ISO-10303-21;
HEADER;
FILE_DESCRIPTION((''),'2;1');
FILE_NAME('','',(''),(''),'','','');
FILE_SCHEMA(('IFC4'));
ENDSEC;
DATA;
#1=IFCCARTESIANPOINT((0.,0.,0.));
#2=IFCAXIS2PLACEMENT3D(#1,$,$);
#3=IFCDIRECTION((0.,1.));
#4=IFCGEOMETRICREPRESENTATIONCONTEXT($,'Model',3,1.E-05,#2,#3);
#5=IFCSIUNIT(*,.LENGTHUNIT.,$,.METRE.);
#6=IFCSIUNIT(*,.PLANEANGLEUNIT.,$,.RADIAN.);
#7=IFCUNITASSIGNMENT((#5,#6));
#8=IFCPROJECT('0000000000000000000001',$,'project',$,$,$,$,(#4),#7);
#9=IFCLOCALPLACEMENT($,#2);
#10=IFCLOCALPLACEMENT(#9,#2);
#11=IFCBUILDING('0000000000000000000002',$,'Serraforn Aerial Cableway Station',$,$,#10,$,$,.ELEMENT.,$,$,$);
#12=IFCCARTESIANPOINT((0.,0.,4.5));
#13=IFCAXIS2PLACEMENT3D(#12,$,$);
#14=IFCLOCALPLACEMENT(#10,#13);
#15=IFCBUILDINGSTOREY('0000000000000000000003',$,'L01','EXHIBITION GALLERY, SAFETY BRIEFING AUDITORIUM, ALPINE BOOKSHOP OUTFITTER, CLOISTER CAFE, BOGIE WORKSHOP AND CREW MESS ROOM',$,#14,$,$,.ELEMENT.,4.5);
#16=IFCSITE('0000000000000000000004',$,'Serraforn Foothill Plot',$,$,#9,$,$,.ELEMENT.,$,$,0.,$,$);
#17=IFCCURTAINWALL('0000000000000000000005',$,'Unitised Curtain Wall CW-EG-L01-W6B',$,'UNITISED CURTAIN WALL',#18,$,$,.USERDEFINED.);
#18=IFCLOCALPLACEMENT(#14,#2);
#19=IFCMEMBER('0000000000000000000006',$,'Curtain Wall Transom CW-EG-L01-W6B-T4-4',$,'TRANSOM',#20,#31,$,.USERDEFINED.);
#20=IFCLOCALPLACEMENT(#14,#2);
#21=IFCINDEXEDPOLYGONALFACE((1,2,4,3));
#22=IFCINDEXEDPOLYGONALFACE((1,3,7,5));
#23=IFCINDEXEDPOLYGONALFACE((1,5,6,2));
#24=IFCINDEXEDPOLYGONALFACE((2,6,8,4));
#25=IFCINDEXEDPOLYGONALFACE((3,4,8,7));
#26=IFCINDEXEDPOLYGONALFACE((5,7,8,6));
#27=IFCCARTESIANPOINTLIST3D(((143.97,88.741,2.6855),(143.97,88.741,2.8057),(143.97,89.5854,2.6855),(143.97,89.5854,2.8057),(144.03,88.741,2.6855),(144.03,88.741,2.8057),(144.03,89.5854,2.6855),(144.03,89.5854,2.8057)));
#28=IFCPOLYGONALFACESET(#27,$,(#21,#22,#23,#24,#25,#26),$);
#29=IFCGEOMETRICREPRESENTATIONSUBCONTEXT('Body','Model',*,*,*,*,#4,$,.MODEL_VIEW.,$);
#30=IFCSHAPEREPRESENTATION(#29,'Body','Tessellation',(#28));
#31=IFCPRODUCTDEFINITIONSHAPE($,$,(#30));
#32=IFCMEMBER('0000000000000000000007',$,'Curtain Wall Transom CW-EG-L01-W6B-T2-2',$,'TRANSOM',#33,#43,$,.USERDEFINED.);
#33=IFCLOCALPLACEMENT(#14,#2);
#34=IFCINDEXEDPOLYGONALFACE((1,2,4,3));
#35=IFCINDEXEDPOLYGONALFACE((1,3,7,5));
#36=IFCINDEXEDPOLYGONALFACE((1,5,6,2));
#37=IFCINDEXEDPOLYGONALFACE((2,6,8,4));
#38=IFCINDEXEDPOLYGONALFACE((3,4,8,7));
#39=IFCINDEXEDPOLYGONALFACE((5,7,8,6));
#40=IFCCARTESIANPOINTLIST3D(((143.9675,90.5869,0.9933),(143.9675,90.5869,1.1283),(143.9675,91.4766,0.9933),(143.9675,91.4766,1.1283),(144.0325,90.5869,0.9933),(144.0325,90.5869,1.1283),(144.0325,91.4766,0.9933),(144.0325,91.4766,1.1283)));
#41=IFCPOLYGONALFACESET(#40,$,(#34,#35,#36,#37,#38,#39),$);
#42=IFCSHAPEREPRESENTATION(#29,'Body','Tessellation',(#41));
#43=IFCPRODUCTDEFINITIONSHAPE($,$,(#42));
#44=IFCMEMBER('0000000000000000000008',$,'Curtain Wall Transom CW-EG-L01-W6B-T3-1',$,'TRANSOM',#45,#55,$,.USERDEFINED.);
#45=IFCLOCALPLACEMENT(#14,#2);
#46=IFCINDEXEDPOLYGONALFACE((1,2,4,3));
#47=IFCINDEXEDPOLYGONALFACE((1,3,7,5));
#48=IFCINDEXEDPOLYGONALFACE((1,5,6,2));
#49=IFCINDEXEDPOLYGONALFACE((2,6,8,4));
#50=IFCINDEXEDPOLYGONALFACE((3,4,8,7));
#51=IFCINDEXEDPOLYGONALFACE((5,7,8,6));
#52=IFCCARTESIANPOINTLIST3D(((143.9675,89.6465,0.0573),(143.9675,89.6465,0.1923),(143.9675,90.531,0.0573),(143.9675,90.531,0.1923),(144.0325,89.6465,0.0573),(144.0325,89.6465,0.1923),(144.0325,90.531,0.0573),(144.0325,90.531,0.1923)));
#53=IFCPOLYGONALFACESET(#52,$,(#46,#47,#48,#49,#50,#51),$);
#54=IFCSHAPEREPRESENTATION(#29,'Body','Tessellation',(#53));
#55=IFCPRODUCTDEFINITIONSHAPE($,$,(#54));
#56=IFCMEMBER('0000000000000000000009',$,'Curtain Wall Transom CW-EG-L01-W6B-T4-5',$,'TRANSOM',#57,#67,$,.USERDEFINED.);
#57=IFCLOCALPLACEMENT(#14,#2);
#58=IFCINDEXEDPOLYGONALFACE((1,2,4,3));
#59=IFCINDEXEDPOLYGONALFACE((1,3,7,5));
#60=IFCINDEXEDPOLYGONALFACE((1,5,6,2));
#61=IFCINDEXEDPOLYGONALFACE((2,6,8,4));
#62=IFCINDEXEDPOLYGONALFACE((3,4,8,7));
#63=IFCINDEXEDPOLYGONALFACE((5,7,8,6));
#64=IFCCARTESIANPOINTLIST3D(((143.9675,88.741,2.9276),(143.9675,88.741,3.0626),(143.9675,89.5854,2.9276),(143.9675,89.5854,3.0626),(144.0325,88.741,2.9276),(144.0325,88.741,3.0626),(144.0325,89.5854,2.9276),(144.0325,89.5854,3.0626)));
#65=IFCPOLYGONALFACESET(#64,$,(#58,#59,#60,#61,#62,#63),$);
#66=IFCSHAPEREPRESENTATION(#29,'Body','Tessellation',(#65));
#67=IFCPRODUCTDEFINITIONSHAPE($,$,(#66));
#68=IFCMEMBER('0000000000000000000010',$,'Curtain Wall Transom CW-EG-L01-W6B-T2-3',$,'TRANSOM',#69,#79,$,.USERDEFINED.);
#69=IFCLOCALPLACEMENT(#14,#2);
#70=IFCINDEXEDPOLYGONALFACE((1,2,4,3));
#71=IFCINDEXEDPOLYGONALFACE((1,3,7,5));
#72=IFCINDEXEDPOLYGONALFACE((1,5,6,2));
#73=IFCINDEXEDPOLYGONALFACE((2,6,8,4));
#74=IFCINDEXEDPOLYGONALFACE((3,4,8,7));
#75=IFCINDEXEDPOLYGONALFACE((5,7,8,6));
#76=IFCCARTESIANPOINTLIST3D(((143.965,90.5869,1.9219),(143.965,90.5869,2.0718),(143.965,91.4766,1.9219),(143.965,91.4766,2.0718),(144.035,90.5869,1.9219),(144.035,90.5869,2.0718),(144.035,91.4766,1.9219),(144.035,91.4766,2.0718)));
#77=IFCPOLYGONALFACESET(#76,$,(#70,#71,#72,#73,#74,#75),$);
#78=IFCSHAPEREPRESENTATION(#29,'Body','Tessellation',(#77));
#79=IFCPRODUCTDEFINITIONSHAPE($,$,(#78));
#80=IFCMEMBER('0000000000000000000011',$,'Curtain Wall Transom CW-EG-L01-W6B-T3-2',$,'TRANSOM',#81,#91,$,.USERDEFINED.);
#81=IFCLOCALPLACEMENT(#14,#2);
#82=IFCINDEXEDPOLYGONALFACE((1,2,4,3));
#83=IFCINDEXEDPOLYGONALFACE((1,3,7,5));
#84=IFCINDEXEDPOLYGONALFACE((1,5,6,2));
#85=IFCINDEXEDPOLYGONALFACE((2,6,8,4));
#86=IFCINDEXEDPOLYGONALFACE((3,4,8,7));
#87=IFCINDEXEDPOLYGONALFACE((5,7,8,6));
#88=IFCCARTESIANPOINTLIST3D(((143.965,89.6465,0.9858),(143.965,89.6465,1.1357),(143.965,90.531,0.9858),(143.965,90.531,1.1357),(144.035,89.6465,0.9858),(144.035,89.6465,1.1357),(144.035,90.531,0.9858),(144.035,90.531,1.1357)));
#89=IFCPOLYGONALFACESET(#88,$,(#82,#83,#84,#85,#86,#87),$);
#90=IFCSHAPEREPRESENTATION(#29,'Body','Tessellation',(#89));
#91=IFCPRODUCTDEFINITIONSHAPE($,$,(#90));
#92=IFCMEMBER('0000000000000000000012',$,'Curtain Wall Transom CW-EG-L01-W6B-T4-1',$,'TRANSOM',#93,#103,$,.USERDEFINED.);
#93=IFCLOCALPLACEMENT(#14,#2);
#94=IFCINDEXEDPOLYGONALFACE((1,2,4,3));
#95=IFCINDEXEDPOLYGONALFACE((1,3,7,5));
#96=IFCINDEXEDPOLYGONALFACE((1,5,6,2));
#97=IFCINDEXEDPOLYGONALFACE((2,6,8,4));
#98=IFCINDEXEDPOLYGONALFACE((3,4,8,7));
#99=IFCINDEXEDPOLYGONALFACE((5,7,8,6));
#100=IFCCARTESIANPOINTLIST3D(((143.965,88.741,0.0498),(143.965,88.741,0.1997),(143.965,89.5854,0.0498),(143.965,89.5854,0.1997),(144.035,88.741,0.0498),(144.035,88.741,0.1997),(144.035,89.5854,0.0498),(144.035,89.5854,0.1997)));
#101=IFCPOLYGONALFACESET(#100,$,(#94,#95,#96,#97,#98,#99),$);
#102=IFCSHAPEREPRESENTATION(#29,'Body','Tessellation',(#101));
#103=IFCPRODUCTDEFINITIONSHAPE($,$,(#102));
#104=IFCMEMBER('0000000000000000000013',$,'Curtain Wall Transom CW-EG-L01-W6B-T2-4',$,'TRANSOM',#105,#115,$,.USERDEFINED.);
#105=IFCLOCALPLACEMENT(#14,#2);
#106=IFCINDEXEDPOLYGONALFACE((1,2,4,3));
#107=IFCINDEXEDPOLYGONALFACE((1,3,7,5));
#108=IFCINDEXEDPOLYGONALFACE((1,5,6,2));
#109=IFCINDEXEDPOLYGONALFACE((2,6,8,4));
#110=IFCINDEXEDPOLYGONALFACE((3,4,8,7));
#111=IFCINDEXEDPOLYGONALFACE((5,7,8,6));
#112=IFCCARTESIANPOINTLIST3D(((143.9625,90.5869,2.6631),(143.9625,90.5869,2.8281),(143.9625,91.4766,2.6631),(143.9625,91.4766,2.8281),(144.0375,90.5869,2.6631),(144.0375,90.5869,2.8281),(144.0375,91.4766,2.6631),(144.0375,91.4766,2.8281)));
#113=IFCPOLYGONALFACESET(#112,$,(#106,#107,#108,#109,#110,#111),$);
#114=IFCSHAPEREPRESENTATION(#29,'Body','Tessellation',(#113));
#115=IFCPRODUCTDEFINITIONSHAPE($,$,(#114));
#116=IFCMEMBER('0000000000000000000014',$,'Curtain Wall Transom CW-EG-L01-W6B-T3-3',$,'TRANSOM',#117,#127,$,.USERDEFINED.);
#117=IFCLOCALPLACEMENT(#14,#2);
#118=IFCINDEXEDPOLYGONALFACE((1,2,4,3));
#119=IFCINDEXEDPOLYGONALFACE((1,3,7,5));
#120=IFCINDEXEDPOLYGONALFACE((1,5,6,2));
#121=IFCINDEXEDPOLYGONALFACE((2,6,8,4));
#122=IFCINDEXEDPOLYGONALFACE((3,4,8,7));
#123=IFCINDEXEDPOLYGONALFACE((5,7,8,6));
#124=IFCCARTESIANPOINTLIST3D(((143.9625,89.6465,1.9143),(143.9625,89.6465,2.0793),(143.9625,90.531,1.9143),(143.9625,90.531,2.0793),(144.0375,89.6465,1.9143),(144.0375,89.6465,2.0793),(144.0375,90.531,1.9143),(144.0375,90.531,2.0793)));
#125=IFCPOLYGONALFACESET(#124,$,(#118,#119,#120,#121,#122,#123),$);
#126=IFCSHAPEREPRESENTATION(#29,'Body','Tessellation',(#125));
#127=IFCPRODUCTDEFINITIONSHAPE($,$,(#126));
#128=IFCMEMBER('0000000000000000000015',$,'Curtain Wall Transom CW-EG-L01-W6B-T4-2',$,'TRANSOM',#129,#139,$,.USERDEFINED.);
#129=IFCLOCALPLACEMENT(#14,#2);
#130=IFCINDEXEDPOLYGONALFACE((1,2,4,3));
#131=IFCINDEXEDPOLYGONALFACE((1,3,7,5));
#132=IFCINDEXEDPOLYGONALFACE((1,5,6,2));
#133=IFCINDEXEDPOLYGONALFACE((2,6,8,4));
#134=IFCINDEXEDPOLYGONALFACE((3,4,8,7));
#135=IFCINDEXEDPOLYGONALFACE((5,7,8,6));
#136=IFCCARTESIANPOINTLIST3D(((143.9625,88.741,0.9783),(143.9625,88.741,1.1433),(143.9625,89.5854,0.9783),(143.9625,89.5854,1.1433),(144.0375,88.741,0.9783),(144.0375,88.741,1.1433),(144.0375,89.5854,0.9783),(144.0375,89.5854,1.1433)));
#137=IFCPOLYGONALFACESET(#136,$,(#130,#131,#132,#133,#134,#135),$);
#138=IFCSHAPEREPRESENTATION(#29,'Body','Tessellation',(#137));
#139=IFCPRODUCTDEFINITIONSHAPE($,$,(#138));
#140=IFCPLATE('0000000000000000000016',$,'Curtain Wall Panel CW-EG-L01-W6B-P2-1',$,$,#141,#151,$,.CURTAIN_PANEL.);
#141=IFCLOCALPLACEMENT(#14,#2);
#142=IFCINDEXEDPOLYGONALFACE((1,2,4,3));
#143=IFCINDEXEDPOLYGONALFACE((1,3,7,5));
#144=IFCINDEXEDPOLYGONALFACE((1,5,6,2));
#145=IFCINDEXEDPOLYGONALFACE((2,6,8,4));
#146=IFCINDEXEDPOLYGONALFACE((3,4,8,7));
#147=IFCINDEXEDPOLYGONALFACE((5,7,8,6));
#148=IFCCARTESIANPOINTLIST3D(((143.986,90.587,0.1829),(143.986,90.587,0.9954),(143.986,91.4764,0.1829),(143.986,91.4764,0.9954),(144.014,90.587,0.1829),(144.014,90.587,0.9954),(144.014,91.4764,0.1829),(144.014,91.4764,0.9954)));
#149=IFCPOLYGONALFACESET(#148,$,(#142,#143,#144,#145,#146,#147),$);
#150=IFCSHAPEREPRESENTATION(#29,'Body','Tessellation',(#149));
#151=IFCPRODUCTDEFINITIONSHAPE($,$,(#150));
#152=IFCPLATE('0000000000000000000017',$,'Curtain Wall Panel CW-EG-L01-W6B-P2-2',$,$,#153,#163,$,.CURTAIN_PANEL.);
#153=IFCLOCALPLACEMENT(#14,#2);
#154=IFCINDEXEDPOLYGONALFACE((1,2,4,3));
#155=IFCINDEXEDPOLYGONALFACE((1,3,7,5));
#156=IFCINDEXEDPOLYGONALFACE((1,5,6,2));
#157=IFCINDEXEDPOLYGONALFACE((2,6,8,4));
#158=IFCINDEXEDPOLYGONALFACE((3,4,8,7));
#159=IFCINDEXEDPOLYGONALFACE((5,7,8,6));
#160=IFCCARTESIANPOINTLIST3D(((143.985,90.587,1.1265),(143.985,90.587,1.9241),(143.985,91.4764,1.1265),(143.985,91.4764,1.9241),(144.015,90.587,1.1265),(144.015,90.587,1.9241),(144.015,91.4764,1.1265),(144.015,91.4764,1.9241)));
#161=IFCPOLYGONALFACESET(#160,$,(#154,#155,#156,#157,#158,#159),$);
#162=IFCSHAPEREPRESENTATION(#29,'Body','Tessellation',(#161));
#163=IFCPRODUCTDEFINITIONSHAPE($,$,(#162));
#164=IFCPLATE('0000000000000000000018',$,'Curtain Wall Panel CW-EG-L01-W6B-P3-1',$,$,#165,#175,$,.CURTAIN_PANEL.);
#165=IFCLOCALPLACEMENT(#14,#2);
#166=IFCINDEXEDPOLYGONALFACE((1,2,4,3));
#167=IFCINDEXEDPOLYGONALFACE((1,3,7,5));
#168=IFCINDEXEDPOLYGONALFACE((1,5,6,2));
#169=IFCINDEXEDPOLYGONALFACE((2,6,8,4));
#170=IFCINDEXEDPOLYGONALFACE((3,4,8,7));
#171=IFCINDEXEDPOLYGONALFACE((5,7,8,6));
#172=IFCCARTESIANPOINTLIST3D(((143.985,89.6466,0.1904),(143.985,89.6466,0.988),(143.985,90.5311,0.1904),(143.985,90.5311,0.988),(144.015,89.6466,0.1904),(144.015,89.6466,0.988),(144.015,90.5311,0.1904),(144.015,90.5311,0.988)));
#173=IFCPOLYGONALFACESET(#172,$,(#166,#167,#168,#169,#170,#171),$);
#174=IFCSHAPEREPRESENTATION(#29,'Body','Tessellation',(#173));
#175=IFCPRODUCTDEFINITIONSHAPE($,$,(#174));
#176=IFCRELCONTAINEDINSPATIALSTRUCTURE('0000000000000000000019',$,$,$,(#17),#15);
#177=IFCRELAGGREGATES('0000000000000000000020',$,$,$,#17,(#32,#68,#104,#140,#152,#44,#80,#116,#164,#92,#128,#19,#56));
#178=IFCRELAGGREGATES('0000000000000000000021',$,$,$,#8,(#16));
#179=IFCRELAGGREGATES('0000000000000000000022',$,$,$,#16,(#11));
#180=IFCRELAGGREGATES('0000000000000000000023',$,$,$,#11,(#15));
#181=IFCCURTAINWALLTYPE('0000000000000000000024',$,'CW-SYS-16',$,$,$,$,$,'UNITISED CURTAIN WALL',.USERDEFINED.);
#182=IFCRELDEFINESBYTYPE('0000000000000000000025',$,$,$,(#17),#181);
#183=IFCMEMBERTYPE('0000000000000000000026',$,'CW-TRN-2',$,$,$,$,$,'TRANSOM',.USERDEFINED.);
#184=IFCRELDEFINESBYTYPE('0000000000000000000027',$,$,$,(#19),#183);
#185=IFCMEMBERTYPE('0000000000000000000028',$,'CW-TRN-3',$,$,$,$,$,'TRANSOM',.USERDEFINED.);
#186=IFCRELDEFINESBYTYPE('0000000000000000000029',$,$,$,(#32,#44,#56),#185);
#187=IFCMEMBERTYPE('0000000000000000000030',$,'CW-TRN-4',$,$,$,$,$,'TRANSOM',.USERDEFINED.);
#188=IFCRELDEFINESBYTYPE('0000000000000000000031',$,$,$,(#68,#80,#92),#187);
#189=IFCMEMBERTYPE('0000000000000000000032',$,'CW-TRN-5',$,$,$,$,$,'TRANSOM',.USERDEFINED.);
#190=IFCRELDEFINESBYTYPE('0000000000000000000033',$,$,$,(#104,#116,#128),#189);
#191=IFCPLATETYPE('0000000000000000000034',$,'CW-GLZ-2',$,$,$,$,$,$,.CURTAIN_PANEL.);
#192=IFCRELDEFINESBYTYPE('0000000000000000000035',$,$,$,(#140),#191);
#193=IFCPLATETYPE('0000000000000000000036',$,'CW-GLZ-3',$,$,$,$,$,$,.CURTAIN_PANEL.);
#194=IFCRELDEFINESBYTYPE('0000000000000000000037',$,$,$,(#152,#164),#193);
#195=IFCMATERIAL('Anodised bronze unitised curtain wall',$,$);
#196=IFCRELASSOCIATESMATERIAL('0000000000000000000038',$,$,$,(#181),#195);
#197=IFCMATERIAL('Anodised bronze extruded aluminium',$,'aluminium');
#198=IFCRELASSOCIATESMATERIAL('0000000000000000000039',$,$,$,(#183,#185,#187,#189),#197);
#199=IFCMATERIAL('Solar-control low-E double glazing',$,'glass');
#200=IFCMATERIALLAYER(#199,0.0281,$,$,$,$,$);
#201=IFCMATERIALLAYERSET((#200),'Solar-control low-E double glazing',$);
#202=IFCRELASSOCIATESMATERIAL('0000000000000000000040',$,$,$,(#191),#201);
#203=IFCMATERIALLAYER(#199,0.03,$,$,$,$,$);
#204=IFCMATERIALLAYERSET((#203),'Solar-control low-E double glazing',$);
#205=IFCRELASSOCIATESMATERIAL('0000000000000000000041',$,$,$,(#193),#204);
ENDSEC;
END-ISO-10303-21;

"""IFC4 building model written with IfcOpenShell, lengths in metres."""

from ifc_helpers import new_model, si_unit, direction, frame, origin, origin_2d, place, context, subcontext, project, spatial, rectangle, extrude, material, layer, layer_set, material_profile, profile_set, type_object, element, aggregate, save


model = new_model("IFC4")

# Units and contexts
model_context = context("Model", 3, precision=1e-05, world=origin(), true_north=direction((0.0, 1.0)))
body_context = subcontext(model_context, "Body", "Model", "MODEL_VIEW")
ifc_project = project(units=[si_unit("LENGTHUNIT", "METRE"), si_unit("PLANEANGLEUNIT", "RADIAN")], contexts=[model_context])

# Site, building, storey
site_placement = place(None, origin())
site = spatial("IfcSite", under=ifc_project, at=site_placement, Name="Serraforn Foothill Plot", CompositionType="ELEMENT", RefElevation=0.0)
building_placement = place(site_placement, origin())
building = spatial("IfcBuilding", under=site, at=building_placement, Name="Serraforn Aerial Cableway Station", CompositionType="ELEMENT")
storey_placement = place(building_placement, frame((0.0, 0.0, 4.5)))
storey = spatial("IfcBuildingStorey", under=building, at=storey_placement, Name="L01", Description="EXHIBITION GALLERY, SAFETY BRIEFING AUDITORIUM, ALPINE BOOKSHOP OUTFITTER, CLOISTER CAFE, BOGIE WORKSHOP AND CREW MESS ROOM", CompositionType="ELEMENT", Elevation=4.5)

# Curtain wall, members, plates
ifc_material_1 = material(Name="Anodised bronze unitised curtain wall")
curtain_wall_type = type_object("IfcCurtainWallType", Name="CW-SYS-16", ElementType="UNITISED CURTAIN WALL", PredefinedType="USERDEFINED", material=ifc_material_1)
curtain_wall_placement = place(storey_placement, origin())
curtain_wall = element("IfcCurtainWall", 1, at=curtain_wall_placement, inside=storey, type_object=curtain_wall_type, Name="Unitised Curtain Wall CW-EG-L01-W6B", ObjectType="UNITISED CURTAIN WALL", PredefinedType="USERDEFINED")
ifc_material_2 = material(Name="Anodised bronze extruded aluminium", Category="aluminium")
ifc_material_profile_1 = material_profile(ifc_material_2, rectangle(XDim=0.0601, YDim=0.1201, at=origin_2d()), Name="CW TRANSOM 60x120")
ifc_profile_set_1 = profile_set([ifc_material_profile_1], Name="Anodised bronze extruded aluminium")
member_type_1 = type_object("IfcMemberType", Name="CW-TRN-2", ElementType="TRANSOM", PredefinedType="USERDEFINED", material=ifc_profile_set_1)
member_1_placement = place(storey_placement, frame((144.0, 89.5854, 2.7456), z_axis=(0.0, -1.0, 0.0), x_axis=(1.0, 0.0, 0.0)))
member_1 = element("IfcMember", 2, at=member_1_placement, type_object=member_type_1, Name="Curtain Wall Transom CW-EG-L01-W6B-T4-4", ObjectType="TRANSOM", PredefinedType="USERDEFINED", context=body_context, shape_type="SweptSolid", body=[
    extrude(rectangle(XDim=0.0601, YDim=0.1201, at=origin_2d()), origin(), (0.0, 0.0, 1.0), 0.8445),
])
ifc_material_profile_2 = material_profile(ifc_material_2, rectangle(XDim=0.0649, YDim=0.135, at=origin_2d()), Name="CW TRANSOM 65x135")
ifc_profile_set_2 = profile_set([ifc_material_profile_2], Name="Anodised bronze extruded aluminium")
member_type_2 = type_object("IfcMemberType", Name="CW-TRN-3", ElementType="TRANSOM", PredefinedType="USERDEFINED", material=ifc_profile_set_2)
member_2_placement = place(storey_placement, frame((144.0, 91.4766, 1.0608), z_axis=(0.0, -1.0, 0.0), x_axis=(1.0, 0.0, 0.0)))
member_2 = element("IfcMember", 3, at=member_2_placement, type_object=member_type_2, Name="Curtain Wall Transom CW-EG-L01-W6B-T2-2", ObjectType="TRANSOM", PredefinedType="USERDEFINED", context=body_context, shape_type="SweptSolid", body=[
    extrude(rectangle(XDim=0.0649, YDim=0.135, at=origin_2d()), origin(), (0.0, 0.0, 1.0), 0.8896),
])
member_3_placement = place(storey_placement, frame((144.0, 90.531, 0.1248), z_axis=(0.0, -1.0, 0.0), x_axis=(1.0, 0.0, 0.0)))
member_3 = element("IfcMember", 4, at=member_3_placement, type_object=member_type_2, Name="Curtain Wall Transom CW-EG-L01-W6B-T3-1", ObjectType="TRANSOM", PredefinedType="USERDEFINED", context=body_context, shape_type="SweptSolid", body=[
    extrude(rectangle(XDim=0.0649, YDim=0.135, at=origin_2d()), origin(), (0.0, 0.0, 1.0), 0.8845),
])
member_4_placement = place(storey_placement, frame((144.0, 89.5854, 2.9951), z_axis=(0.0, -1.0, 0.0), x_axis=(1.0, 0.0, 0.0)))
member_4 = element("IfcMember", 5, at=member_4_placement, type_object=member_type_2, Name="Curtain Wall Transom CW-EG-L01-W6B-T4-5", ObjectType="TRANSOM", PredefinedType="USERDEFINED", context=body_context, shape_type="SweptSolid", body=[
    extrude(rectangle(XDim=0.0649, YDim=0.135, at=origin_2d()), origin(), (0.0, 0.0, 1.0), 0.8445),
])
ifc_material_profile_3 = material_profile(ifc_material_2, rectangle(XDim=0.0701, YDim=0.1499, at=origin_2d()), Name="CW TRANSOM 70x150")
ifc_profile_set_3 = profile_set([ifc_material_profile_3], Name="Anodised bronze extruded aluminium")
member_type_3 = type_object("IfcMemberType", Name="CW-TRN-4", ElementType="TRANSOM", PredefinedType="USERDEFINED", material=ifc_profile_set_3)
member_5_placement = place(storey_placement, frame((144.0, 91.4766, 1.9968), z_axis=(0.0, -1.0, 0.0), x_axis=(1.0, 0.0, 0.0)))
member_5 = element("IfcMember", 6, at=member_5_placement, type_object=member_type_3, Name="Curtain Wall Transom CW-EG-L01-W6B-T2-3", ObjectType="TRANSOM", PredefinedType="USERDEFINED", context=body_context, shape_type="SweptSolid", body=[
    extrude(rectangle(XDim=0.0701, YDim=0.1499, at=origin_2d()), origin(), (0.0, 0.0, 1.0), 0.8896),
])
member_6_placement = place(storey_placement, frame((144.0, 90.531, 1.0608), z_axis=(0.0, -1.0, 0.0), x_axis=(1.0, 0.0, 0.0)))
member_6 = element("IfcMember", 7, at=member_6_placement, type_object=member_type_3, Name="Curtain Wall Transom CW-EG-L01-W6B-T3-2", ObjectType="TRANSOM", PredefinedType="USERDEFINED", context=body_context, shape_type="SweptSolid", body=[
    extrude(rectangle(XDim=0.0701, YDim=0.1499, at=origin_2d()), origin(), (0.0, 0.0, 1.0), 0.8845),
])
member_7_placement = place(storey_placement, frame((144.0, 89.5854, 0.1248), z_axis=(0.0, -1.0, 0.0), x_axis=(1.0, 0.0, 0.0)))
member_7 = element("IfcMember", 8, at=member_7_placement, type_object=member_type_3, Name="Curtain Wall Transom CW-EG-L01-W6B-T4-1", ObjectType="TRANSOM", PredefinedType="USERDEFINED", context=body_context, shape_type="SweptSolid", body=[
    extrude(rectangle(XDim=0.0701, YDim=0.1499, at=origin_2d()), origin(), (0.0, 0.0, 1.0), 0.8445),
])
ifc_material_profile_4 = material_profile(ifc_material_2, rectangle(XDim=0.075, YDim=0.165, at=origin_2d()), Name="CW TRANSOM 75x165")
ifc_profile_set_4 = profile_set([ifc_material_profile_4], Name="Anodised bronze extruded aluminium")
member_type_4 = type_object("IfcMemberType", Name="CW-TRN-5", ElementType="TRANSOM", PredefinedType="USERDEFINED", material=ifc_profile_set_4)
member_8_placement = place(storey_placement, frame((144.0, 91.4766, 2.7456), z_axis=(0.0, -1.0, 0.0), x_axis=(1.0, 0.0, 0.0)))
member_8 = element("IfcMember", 9, at=member_8_placement, type_object=member_type_4, Name="Curtain Wall Transom CW-EG-L01-W6B-T2-4", ObjectType="TRANSOM", PredefinedType="USERDEFINED", context=body_context, shape_type="SweptSolid", body=[
    extrude(rectangle(XDim=0.075, YDim=0.165, at=origin_2d()), origin(), (0.0, 0.0, 1.0), 0.8896),
])
member_9_placement = place(storey_placement, frame((144.0, 90.531, 1.9968), z_axis=(0.0, -1.0, 0.0), x_axis=(1.0, 0.0, 0.0)))
member_9 = element("IfcMember", 10, at=member_9_placement, type_object=member_type_4, Name="Curtain Wall Transom CW-EG-L01-W6B-T3-3", ObjectType="TRANSOM", PredefinedType="USERDEFINED", context=body_context, shape_type="SweptSolid", body=[
    extrude(rectangle(XDim=0.075, YDim=0.165, at=origin_2d()), origin(), (0.0, 0.0, 1.0), 0.8845),
])
member_10_placement = place(storey_placement, frame((144.0, 89.5854, 1.0608), z_axis=(0.0, -1.0, 0.0), x_axis=(1.0, 0.0, 0.0)))
member_10 = element("IfcMember", 11, at=member_10_placement, type_object=member_type_4, Name="Curtain Wall Transom CW-EG-L01-W6B-T4-2", ObjectType="TRANSOM", PredefinedType="USERDEFINED", context=body_context, shape_type="SweptSolid", body=[
    extrude(rectangle(XDim=0.075, YDim=0.165, at=origin_2d()), origin(), (0.0, 0.0, 1.0), 0.8445),
])
ifc_material_3 = material(Name="Solar-control low-E double glazing", Category="glass")
ifc_layer_1 = layer(ifc_material_3, 0.0281)
ifc_layer_set_1 = layer_set([ifc_layer_1], Name="Solar-control low-E double glazing")
plate_type_1 = type_object("IfcPlateType", Name="CW-GLZ-2", PredefinedType="CURTAIN_PANEL", material=ifc_layer_set_1)
plate_1_placement = place(storey_placement, frame((144.0, 91.0317, 0.1829), z_axis=(0.0, 0.0, 1.0), x_axis=(1.0, 0.0, 0.0)))
plate_1 = element("IfcPlate", 12, at=plate_1_placement, type_object=plate_type_1, Name="Curtain Wall Panel CW-EG-L01-W6B-P2-1", PredefinedType="CURTAIN_PANEL", context=body_context, shape_type="SweptSolid", body=[
    extrude(rectangle(XDim=0.0281, YDim=0.8894, at=origin_2d()), origin(), (0.0, 0.0, 1.0), 0.8125),
])
ifc_layer_2 = layer(ifc_material_3, 0.03)
ifc_layer_set_2 = layer_set([ifc_layer_2], Name="Solar-control low-E double glazing")
plate_type_2 = type_object("IfcPlateType", Name="CW-GLZ-3", PredefinedType="CURTAIN_PANEL", material=ifc_layer_set_2)
plate_2_placement = place(storey_placement, frame((144.0, 91.0317, 1.1265), z_axis=(0.0, 0.0, 1.0), x_axis=(1.0, 0.0, 0.0)))
plate_2 = element("IfcPlate", 13, at=plate_2_placement, type_object=plate_type_2, Name="Curtain Wall Panel CW-EG-L01-W6B-P2-2", PredefinedType="CURTAIN_PANEL", context=body_context, shape_type="SweptSolid", body=[
    extrude(rectangle(XDim=0.03, YDim=0.8894, at=origin_2d()), origin(), (0.0, 0.0, 1.0), 0.7976),
])
plate_3_placement = place(storey_placement, frame((144.0, 90.0889, 0.1904), z_axis=(0.0, 0.0, 1.0), x_axis=(1.0, 0.0, 0.0)))
plate_3 = element("IfcPlate", 14, at=plate_3_placement, type_object=plate_type_2, Name="Curtain Wall Panel CW-EG-L01-W6B-P3-1", PredefinedType="CURTAIN_PANEL", context=body_context, shape_type="SweptSolid", body=[
    extrude(rectangle(XDim=0.03, YDim=0.8845, at=origin_2d()), origin(), (0.0, 0.0, 1.0), 0.7976),
])
aggregate(curtain_wall, [member_2, member_5, member_8, plate_1, plate_2, member_3, member_6, member_9, plate_3, member_7, member_10, member_1, member_4])

save(model, "model.ifc")
